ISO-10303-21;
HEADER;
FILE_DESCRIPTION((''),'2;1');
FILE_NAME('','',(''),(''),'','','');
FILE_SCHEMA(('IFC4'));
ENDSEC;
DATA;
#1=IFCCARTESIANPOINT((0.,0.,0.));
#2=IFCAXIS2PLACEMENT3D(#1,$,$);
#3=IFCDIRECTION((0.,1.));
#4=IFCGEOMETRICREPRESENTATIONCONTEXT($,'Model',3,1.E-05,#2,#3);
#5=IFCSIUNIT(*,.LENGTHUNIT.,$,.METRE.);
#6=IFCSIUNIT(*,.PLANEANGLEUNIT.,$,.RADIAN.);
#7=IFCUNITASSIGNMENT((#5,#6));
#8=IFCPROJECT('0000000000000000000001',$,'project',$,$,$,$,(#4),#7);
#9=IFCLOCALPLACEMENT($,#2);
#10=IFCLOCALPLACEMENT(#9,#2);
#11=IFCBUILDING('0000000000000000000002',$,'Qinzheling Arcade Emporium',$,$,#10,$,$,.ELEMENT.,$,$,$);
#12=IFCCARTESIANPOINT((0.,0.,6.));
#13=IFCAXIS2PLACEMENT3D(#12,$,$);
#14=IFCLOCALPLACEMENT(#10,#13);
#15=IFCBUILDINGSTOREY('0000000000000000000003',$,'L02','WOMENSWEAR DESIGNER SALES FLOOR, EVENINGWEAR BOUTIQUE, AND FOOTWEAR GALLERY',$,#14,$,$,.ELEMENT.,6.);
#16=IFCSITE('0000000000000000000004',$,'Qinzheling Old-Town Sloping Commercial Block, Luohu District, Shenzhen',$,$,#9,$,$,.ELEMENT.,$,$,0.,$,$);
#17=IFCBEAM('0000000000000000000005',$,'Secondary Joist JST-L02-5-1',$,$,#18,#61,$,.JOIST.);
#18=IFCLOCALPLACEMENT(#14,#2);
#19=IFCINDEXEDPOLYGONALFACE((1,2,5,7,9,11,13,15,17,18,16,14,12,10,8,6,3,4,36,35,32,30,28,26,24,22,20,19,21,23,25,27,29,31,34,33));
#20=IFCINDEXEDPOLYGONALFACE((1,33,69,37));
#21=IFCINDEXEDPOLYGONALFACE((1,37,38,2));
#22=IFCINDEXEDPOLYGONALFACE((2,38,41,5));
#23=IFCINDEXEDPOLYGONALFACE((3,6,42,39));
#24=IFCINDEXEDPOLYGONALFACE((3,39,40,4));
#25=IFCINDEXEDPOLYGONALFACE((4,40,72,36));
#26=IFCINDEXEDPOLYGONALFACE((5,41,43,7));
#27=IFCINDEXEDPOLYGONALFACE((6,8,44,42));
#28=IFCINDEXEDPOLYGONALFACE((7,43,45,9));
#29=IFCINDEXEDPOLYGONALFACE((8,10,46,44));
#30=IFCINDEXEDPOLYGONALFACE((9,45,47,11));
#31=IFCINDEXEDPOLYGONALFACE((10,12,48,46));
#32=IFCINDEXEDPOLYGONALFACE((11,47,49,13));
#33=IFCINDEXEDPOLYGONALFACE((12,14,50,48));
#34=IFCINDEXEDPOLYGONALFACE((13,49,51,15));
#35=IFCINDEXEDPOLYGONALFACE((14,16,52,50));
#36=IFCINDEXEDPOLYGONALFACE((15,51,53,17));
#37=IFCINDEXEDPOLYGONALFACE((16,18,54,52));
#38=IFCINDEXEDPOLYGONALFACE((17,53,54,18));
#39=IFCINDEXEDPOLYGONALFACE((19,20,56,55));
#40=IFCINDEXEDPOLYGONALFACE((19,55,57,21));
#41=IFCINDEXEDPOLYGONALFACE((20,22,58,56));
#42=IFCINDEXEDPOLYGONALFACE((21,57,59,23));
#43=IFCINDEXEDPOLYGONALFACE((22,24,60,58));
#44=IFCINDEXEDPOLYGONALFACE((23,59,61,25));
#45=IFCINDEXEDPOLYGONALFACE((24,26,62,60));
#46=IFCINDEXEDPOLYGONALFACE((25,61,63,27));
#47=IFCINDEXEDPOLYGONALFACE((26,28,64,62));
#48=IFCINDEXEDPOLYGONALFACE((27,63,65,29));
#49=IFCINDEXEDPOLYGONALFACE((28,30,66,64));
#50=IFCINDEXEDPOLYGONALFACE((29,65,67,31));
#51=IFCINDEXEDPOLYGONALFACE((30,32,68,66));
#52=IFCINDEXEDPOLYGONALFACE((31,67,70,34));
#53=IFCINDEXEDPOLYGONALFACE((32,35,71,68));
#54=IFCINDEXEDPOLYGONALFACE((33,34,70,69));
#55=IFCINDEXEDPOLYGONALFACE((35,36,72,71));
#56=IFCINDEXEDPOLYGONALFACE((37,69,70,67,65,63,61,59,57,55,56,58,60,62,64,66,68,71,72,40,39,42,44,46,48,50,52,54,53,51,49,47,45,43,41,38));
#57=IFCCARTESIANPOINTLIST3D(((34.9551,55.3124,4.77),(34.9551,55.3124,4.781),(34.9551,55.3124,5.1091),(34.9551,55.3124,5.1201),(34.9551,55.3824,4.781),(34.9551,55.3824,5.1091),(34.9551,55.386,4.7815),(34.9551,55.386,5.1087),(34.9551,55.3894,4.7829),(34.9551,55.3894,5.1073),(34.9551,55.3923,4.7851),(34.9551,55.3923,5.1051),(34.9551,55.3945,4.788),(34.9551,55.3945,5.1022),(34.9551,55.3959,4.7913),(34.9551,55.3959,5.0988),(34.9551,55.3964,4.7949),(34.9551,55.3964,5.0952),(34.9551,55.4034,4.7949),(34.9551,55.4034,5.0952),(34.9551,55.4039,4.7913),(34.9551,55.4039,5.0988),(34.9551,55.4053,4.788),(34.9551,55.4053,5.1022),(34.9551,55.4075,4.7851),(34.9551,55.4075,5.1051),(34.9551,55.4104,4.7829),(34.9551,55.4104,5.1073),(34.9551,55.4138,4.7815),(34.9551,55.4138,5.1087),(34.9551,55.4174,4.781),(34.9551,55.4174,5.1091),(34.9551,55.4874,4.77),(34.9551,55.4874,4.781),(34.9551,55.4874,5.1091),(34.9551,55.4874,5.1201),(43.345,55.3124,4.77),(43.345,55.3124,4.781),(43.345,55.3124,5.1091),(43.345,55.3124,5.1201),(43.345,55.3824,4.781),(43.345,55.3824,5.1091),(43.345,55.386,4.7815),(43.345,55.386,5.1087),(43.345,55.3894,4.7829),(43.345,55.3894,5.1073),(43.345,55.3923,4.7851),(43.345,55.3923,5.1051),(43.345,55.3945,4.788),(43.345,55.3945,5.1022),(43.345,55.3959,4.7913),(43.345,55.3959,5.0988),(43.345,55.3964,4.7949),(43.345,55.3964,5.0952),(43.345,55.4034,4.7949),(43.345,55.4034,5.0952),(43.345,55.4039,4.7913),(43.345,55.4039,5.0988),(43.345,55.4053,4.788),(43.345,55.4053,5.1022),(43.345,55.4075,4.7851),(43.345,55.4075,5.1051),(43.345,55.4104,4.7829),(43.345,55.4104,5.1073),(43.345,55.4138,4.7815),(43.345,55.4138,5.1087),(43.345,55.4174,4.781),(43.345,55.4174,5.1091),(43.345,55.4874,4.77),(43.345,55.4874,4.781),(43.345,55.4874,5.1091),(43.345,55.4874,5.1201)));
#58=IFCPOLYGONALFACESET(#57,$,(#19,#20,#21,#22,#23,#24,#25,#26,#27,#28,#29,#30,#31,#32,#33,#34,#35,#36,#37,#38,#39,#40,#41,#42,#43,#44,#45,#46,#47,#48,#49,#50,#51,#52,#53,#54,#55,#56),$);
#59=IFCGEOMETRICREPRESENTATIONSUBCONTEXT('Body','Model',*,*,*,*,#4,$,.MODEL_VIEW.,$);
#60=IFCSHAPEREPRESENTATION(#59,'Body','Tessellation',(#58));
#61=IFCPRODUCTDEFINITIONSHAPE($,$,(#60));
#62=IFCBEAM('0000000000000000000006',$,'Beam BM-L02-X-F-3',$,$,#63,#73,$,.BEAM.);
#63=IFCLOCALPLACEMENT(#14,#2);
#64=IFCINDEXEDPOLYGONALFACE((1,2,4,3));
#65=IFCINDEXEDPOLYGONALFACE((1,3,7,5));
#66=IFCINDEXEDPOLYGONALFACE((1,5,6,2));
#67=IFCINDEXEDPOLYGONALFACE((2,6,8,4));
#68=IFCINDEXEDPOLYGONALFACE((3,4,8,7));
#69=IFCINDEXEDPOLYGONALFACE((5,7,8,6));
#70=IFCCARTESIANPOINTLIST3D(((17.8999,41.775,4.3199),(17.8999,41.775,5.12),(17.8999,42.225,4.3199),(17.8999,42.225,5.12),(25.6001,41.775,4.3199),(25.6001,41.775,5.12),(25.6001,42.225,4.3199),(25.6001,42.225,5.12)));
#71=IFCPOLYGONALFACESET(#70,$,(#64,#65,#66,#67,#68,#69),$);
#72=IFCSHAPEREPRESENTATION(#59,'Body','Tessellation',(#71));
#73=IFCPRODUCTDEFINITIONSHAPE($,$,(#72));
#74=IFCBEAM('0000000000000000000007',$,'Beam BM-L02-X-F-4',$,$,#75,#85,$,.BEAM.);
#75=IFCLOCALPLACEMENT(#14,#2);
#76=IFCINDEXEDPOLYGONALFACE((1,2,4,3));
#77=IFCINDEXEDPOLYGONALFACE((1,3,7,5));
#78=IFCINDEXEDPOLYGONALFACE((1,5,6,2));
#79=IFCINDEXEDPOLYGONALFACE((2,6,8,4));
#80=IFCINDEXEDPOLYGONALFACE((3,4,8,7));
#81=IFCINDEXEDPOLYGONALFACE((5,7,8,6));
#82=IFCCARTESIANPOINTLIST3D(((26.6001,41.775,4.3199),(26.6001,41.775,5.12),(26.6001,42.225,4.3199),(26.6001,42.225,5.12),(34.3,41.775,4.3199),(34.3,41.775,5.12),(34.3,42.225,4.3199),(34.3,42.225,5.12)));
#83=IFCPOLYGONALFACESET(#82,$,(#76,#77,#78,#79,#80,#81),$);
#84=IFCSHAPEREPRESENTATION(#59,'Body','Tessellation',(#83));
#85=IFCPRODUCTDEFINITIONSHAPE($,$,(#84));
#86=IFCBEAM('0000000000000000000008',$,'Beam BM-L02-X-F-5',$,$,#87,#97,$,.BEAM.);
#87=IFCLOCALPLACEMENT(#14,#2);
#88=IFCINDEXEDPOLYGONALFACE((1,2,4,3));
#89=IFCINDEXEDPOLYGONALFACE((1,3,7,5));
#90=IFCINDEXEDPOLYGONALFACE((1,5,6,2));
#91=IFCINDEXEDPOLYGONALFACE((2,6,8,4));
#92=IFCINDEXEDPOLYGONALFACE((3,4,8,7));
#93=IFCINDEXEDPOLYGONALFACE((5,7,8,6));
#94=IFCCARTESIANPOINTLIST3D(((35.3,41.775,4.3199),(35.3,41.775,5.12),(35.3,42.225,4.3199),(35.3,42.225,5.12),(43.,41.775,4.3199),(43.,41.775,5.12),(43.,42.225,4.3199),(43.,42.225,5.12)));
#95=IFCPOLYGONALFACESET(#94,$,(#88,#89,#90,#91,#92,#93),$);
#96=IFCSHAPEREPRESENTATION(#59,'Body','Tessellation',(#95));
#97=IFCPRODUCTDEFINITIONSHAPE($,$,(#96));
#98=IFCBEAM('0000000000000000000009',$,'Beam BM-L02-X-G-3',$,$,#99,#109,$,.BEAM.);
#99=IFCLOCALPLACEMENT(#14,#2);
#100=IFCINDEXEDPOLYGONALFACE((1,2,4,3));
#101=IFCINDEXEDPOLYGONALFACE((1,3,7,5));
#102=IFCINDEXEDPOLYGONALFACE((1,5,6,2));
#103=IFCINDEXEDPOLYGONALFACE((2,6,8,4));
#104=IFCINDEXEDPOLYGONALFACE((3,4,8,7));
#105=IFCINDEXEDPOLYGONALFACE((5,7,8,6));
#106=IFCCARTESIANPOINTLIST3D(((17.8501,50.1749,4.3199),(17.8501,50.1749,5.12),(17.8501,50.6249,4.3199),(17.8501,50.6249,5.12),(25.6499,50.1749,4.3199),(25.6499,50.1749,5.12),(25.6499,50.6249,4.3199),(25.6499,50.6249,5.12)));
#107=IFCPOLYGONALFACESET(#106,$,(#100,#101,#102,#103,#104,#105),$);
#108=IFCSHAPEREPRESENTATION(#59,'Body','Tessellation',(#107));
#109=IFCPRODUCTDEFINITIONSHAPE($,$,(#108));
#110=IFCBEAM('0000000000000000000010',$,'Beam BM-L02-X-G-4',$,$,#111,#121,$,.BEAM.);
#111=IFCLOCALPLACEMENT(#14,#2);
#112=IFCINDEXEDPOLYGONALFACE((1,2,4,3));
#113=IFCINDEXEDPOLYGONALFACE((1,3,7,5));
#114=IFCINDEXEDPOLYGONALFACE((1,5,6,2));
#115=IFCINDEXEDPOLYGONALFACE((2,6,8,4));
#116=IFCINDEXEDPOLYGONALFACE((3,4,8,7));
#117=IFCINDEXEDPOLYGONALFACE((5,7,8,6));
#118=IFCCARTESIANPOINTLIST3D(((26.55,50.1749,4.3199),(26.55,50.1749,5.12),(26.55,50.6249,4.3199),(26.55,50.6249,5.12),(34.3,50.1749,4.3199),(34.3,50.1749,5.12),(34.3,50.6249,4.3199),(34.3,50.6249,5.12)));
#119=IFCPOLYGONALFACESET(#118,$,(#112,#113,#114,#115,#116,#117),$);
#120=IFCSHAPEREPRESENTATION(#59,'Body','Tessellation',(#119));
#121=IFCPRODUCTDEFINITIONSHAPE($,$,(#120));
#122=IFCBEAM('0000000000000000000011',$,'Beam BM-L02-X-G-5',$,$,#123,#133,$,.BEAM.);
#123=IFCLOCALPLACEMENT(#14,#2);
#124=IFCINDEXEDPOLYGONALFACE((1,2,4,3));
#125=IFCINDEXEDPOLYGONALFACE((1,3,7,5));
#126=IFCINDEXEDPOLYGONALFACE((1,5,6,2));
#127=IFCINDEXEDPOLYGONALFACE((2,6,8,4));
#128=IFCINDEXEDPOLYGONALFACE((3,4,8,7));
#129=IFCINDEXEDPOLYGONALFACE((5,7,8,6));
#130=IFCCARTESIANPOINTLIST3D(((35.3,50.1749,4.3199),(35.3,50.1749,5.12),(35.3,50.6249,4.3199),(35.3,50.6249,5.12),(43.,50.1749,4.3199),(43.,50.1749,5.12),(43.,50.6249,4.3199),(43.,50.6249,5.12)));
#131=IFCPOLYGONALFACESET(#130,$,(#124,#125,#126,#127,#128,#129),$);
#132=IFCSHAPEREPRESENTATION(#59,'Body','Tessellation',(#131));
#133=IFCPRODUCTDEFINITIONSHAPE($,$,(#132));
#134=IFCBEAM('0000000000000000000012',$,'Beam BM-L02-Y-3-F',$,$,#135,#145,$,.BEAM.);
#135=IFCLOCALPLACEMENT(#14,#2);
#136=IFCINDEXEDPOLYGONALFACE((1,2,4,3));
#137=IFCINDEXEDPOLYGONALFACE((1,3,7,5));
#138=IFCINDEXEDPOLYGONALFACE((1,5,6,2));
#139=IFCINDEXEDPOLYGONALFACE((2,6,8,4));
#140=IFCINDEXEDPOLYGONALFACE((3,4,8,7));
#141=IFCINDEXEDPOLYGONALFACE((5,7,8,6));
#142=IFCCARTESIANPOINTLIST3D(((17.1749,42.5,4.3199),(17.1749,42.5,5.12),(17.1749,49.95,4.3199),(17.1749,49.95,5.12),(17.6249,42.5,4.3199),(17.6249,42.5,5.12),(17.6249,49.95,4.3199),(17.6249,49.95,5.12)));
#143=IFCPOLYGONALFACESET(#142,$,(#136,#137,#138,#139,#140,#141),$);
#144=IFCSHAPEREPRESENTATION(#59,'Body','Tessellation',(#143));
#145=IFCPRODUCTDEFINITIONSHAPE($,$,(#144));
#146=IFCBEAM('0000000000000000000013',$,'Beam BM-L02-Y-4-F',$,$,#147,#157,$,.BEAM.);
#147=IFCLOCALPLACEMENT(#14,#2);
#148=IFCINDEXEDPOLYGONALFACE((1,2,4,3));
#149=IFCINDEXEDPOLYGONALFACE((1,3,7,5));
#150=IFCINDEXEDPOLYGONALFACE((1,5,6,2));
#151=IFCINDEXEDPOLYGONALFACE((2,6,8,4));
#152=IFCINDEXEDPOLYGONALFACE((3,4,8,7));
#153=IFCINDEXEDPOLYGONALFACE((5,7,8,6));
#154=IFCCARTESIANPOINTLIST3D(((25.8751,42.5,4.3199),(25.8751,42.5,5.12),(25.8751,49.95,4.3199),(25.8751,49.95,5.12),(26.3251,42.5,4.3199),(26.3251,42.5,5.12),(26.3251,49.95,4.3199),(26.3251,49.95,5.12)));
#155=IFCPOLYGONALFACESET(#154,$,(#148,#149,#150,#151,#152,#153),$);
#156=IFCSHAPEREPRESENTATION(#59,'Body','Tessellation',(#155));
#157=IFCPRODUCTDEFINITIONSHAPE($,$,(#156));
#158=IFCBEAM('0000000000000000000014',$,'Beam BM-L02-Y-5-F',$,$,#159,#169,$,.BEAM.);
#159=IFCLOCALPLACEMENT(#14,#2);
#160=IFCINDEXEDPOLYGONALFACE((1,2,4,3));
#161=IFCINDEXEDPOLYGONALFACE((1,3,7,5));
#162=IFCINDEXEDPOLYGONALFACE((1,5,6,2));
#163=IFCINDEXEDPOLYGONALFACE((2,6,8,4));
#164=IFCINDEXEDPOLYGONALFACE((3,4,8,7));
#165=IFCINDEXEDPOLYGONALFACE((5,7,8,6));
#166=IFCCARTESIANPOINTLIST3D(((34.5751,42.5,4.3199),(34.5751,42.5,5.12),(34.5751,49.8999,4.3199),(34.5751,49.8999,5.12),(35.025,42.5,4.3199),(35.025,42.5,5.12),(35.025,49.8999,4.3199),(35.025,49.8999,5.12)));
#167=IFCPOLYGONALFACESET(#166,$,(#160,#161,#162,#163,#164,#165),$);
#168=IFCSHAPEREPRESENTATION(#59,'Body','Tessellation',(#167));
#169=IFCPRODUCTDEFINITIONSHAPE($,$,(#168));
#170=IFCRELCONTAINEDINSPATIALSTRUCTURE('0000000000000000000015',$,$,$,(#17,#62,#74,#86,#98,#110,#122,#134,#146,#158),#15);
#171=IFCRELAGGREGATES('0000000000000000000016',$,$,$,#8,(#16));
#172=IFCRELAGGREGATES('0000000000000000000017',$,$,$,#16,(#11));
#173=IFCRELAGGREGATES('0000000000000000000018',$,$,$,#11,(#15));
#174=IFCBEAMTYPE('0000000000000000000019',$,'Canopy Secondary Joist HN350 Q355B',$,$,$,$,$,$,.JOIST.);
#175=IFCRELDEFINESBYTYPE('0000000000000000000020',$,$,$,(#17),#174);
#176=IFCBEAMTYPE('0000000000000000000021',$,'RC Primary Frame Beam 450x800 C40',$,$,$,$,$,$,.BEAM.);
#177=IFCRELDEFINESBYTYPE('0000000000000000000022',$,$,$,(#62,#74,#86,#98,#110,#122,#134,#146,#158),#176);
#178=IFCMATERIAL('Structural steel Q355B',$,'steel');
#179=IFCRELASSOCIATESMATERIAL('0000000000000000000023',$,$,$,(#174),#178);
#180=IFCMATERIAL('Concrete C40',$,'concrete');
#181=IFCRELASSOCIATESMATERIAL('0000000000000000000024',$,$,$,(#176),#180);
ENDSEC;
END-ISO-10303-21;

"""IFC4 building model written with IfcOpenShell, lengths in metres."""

from ifc_helpers import new_model, si_unit, direction, frame, origin, origin_2d, place, context, subcontext, project, spatial, rectangle, i_section, extrude, material, material_profile, profile_set, type_object, element, save


model = new_model("IFC4")

# Units and contexts
model_context = context("Model", 3, precision=1e-05, world=origin(), true_north=direction((0.0, 1.0)))
body_context = subcontext(model_context, "Body", "Model", "MODEL_VIEW")
ifc_project = project(units=[si_unit("LENGTHUNIT", "METRE"), si_unit("PLANEANGLEUNIT", "RADIAN")], contexts=[model_context])

# Site, building, storey
site_placement = place(None, origin())
site = spatial("IfcSite", under=ifc_project, at=site_placement, Name="Qinzheling Old-Town Sloping Commercial Block, Luohu District, Shenzhen", CompositionType="ELEMENT", RefElevation=0.0)
building_placement = place(site_placement, origin())
building = spatial("IfcBuilding", under=site, at=building_placement, Name="Qinzheling Arcade Emporium", CompositionType="ELEMENT")
storey_placement = place(building_placement, frame((0.0, 0.0, 6.0)))
storey = spatial("IfcBuildingStorey", under=building, at=storey_placement, Name="L02", Description="WOMENSWEAR DESIGNER SALES FLOOR, EVENINGWEAR BOUTIQUE, AND FOOTWEAR GALLERY", CompositionType="ELEMENT", Elevation=6.0)

# Beams
ifc_material_1 = material(Name="Structural steel Q355B", Category="steel")
ifc_material_profile_1 = material_profile(ifc_material_1, i_section(OverallWidth=0.175, OverallDepth=0.3501, WebThickness=0.0071, FlangeThickness=0.011, FilletRadius=0.0139, at=origin_2d()), Name="HN 350x175x7x11", Category="steel")
ifc_profile_set_1 = profile_set([ifc_material_profile_1], Name="Structural steel Q355B")
beam_type_1 = type_object("IfcBeamType", Name="Canopy Secondary Joist HN350 Q355B", PredefinedType="JOIST", material=ifc_profile_set_1)
beam_1_placement = place(storey_placement, frame((34.9551, 55.3999, 4.9451), z_axis=(1.0, 0.0, 0.0), x_axis=(0.0, 1.0, 0.0)))
element("IfcBeam", 1, at=beam_1_placement, inside=storey, type_object=beam_type_1, Name="Secondary Joist JST-L02-5-1", PredefinedType="JOIST", context=body_context, shape_type="SweptSolid", body=[
    extrude(i_section(OverallWidth=0.175, OverallDepth=0.3501, WebThickness=0.0071, FlangeThickness=0.011, FilletRadius=0.0139, at=origin_2d()), origin(), (0.0, 0.0, 1.0), 8.3899),
])
ifc_material_2 = material(Name="Concrete C40", Category="concrete")
ifc_material_profile_2 = material_profile(ifc_material_2, rectangle(XDim=0.45, YDim=0.8, at=origin_2d()), Name="RC 450x800", Category="concrete")
ifc_profile_set_2 = profile_set([ifc_material_profile_2], Name="Concrete C40")
beam_type_2 = type_object("IfcBeamType", Name="RC Primary Frame Beam 450x800 C40", PredefinedType="BEAM", material=ifc_profile_set_2)
beam_2_placement = place(storey_placement, frame((17.8999, 42.0, 4.72), z_axis=(1.0, 0.0, 0.0), x_axis=(0.0, 1.0, 0.0)))
element("IfcBeam", 2, at=beam_2_placement, inside=storey, type_object=beam_type_2, Name="Beam BM-L02-X-F-3", PredefinedType="BEAM", context=body_context, shape_type="SweptSolid", body=[
    extrude(rectangle(XDim=0.45, YDim=0.8, at=origin_2d()), origin(), (0.0, 0.0, 1.0), 7.7002),
])
for number, where, z_axis, x_axis, name in (
    (3, (26.6001, 42.0, 4.72), (1.0, 0.0, 0.0), (0.0, 1.0, 0.0), "Beam BM-L02-X-F-4"),
    (4, (35.3, 42.0, 4.72), (1.0, 0.0, 0.0), (0.0, 1.0, 0.0), "Beam BM-L02-X-F-5"),
):
    element("IfcBeam", number, at=place(storey_placement, frame(where, z_axis=z_axis, x_axis=x_axis)), inside=storey, type_object=beam_type_2, Name=name, PredefinedType="BEAM", context=body_context, shape_type="SweptSolid", body=[
        extrude(rectangle(XDim=0.45, YDim=0.8, at=origin_2d()), origin(), (0.0, 0.0, 1.0), 7.7),
    ])
beam_3_placement = place(storey_placement, frame((17.8501, 50.3999, 4.72), z_axis=(1.0, 0.0, 0.0), x_axis=(0.0, 1.0, 0.0)))
element("IfcBeam", 5, at=beam_3_placement, inside=storey, type_object=beam_type_2, Name="Beam BM-L02-X-G-3", PredefinedType="BEAM", context=body_context, shape_type="SweptSolid", body=[
    extrude(rectangle(XDim=0.45, YDim=0.8, at=origin_2d()), origin(), (0.0, 0.0, 1.0), 7.7998),
])
beam_4_placement = place(storey_placement, frame((26.55, 50.3999, 4.72), z_axis=(1.0, 0.0, 0.0), x_axis=(0.0, 1.0, 0.0)))
element("IfcBeam", 6, at=beam_4_placement, inside=storey, type_object=beam_type_2, Name="Beam BM-L02-X-G-4", PredefinedType="BEAM", context=body_context, shape_type="SweptSolid", body=[
    extrude(rectangle(XDim=0.45, YDim=0.8, at=origin_2d()), origin(), (0.0, 0.0, 1.0), 7.75),
])
beam_5_placement = place(storey_placement, frame((35.3, 50.3999, 4.72), z_axis=(1.0, 0.0, 0.0), x_axis=(0.0, 1.0, 0.0)))
element("IfcBeam", 7, at=beam_5_placement, inside=storey, type_object=beam_type_2, Name="Beam BM-L02-X-G-5", PredefinedType="BEAM", context=body_context, shape_type="SweptSolid", body=[
    extrude(rectangle(XDim=0.45, YDim=0.8, at=origin_2d()), origin(), (0.0, 0.0, 1.0), 7.7),
])
for number, where, z_axis, x_axis, name in (
    (8, (17.3999, 42.5, 4.72), (0.0, 1.0, 0.0), (-1.0, 0.0, 0.0), "Beam BM-L02-Y-3-F"),
    (9, (26.1001, 42.5, 4.72), (0.0, 1.0, 0.0), (-1.0, 0.0, 0.0), "Beam BM-L02-Y-4-F"),
):
    element("IfcBeam", number, at=place(storey_placement, frame(where, z_axis=z_axis, x_axis=x_axis)), inside=storey, type_object=beam_type_2, Name=name, PredefinedType="BEAM", context=body_context, shape_type="SweptSolid", body=[
        extrude(rectangle(XDim=0.45, YDim=0.8, at=origin_2d()), origin(), (0.0, 0.0, 1.0), 7.45),
    ])
beam_6_placement = place(storey_placement, frame((34.8, 42.5, 4.72), z_axis=(0.0, 1.0, 0.0), x_axis=(-1.0, 0.0, 0.0)))
element("IfcBeam", 10, at=beam_6_placement, inside=storey, type_object=beam_type_2, Name="Beam BM-L02-Y-5-F", PredefinedType="BEAM", context=body_context, shape_type="SweptSolid", body=[
    extrude(rectangle(XDim=0.45, YDim=0.8, at=origin_2d()), origin(), (0.0, 0.0, 1.0), 7.3999),
])

save(model, "model.ifc")
